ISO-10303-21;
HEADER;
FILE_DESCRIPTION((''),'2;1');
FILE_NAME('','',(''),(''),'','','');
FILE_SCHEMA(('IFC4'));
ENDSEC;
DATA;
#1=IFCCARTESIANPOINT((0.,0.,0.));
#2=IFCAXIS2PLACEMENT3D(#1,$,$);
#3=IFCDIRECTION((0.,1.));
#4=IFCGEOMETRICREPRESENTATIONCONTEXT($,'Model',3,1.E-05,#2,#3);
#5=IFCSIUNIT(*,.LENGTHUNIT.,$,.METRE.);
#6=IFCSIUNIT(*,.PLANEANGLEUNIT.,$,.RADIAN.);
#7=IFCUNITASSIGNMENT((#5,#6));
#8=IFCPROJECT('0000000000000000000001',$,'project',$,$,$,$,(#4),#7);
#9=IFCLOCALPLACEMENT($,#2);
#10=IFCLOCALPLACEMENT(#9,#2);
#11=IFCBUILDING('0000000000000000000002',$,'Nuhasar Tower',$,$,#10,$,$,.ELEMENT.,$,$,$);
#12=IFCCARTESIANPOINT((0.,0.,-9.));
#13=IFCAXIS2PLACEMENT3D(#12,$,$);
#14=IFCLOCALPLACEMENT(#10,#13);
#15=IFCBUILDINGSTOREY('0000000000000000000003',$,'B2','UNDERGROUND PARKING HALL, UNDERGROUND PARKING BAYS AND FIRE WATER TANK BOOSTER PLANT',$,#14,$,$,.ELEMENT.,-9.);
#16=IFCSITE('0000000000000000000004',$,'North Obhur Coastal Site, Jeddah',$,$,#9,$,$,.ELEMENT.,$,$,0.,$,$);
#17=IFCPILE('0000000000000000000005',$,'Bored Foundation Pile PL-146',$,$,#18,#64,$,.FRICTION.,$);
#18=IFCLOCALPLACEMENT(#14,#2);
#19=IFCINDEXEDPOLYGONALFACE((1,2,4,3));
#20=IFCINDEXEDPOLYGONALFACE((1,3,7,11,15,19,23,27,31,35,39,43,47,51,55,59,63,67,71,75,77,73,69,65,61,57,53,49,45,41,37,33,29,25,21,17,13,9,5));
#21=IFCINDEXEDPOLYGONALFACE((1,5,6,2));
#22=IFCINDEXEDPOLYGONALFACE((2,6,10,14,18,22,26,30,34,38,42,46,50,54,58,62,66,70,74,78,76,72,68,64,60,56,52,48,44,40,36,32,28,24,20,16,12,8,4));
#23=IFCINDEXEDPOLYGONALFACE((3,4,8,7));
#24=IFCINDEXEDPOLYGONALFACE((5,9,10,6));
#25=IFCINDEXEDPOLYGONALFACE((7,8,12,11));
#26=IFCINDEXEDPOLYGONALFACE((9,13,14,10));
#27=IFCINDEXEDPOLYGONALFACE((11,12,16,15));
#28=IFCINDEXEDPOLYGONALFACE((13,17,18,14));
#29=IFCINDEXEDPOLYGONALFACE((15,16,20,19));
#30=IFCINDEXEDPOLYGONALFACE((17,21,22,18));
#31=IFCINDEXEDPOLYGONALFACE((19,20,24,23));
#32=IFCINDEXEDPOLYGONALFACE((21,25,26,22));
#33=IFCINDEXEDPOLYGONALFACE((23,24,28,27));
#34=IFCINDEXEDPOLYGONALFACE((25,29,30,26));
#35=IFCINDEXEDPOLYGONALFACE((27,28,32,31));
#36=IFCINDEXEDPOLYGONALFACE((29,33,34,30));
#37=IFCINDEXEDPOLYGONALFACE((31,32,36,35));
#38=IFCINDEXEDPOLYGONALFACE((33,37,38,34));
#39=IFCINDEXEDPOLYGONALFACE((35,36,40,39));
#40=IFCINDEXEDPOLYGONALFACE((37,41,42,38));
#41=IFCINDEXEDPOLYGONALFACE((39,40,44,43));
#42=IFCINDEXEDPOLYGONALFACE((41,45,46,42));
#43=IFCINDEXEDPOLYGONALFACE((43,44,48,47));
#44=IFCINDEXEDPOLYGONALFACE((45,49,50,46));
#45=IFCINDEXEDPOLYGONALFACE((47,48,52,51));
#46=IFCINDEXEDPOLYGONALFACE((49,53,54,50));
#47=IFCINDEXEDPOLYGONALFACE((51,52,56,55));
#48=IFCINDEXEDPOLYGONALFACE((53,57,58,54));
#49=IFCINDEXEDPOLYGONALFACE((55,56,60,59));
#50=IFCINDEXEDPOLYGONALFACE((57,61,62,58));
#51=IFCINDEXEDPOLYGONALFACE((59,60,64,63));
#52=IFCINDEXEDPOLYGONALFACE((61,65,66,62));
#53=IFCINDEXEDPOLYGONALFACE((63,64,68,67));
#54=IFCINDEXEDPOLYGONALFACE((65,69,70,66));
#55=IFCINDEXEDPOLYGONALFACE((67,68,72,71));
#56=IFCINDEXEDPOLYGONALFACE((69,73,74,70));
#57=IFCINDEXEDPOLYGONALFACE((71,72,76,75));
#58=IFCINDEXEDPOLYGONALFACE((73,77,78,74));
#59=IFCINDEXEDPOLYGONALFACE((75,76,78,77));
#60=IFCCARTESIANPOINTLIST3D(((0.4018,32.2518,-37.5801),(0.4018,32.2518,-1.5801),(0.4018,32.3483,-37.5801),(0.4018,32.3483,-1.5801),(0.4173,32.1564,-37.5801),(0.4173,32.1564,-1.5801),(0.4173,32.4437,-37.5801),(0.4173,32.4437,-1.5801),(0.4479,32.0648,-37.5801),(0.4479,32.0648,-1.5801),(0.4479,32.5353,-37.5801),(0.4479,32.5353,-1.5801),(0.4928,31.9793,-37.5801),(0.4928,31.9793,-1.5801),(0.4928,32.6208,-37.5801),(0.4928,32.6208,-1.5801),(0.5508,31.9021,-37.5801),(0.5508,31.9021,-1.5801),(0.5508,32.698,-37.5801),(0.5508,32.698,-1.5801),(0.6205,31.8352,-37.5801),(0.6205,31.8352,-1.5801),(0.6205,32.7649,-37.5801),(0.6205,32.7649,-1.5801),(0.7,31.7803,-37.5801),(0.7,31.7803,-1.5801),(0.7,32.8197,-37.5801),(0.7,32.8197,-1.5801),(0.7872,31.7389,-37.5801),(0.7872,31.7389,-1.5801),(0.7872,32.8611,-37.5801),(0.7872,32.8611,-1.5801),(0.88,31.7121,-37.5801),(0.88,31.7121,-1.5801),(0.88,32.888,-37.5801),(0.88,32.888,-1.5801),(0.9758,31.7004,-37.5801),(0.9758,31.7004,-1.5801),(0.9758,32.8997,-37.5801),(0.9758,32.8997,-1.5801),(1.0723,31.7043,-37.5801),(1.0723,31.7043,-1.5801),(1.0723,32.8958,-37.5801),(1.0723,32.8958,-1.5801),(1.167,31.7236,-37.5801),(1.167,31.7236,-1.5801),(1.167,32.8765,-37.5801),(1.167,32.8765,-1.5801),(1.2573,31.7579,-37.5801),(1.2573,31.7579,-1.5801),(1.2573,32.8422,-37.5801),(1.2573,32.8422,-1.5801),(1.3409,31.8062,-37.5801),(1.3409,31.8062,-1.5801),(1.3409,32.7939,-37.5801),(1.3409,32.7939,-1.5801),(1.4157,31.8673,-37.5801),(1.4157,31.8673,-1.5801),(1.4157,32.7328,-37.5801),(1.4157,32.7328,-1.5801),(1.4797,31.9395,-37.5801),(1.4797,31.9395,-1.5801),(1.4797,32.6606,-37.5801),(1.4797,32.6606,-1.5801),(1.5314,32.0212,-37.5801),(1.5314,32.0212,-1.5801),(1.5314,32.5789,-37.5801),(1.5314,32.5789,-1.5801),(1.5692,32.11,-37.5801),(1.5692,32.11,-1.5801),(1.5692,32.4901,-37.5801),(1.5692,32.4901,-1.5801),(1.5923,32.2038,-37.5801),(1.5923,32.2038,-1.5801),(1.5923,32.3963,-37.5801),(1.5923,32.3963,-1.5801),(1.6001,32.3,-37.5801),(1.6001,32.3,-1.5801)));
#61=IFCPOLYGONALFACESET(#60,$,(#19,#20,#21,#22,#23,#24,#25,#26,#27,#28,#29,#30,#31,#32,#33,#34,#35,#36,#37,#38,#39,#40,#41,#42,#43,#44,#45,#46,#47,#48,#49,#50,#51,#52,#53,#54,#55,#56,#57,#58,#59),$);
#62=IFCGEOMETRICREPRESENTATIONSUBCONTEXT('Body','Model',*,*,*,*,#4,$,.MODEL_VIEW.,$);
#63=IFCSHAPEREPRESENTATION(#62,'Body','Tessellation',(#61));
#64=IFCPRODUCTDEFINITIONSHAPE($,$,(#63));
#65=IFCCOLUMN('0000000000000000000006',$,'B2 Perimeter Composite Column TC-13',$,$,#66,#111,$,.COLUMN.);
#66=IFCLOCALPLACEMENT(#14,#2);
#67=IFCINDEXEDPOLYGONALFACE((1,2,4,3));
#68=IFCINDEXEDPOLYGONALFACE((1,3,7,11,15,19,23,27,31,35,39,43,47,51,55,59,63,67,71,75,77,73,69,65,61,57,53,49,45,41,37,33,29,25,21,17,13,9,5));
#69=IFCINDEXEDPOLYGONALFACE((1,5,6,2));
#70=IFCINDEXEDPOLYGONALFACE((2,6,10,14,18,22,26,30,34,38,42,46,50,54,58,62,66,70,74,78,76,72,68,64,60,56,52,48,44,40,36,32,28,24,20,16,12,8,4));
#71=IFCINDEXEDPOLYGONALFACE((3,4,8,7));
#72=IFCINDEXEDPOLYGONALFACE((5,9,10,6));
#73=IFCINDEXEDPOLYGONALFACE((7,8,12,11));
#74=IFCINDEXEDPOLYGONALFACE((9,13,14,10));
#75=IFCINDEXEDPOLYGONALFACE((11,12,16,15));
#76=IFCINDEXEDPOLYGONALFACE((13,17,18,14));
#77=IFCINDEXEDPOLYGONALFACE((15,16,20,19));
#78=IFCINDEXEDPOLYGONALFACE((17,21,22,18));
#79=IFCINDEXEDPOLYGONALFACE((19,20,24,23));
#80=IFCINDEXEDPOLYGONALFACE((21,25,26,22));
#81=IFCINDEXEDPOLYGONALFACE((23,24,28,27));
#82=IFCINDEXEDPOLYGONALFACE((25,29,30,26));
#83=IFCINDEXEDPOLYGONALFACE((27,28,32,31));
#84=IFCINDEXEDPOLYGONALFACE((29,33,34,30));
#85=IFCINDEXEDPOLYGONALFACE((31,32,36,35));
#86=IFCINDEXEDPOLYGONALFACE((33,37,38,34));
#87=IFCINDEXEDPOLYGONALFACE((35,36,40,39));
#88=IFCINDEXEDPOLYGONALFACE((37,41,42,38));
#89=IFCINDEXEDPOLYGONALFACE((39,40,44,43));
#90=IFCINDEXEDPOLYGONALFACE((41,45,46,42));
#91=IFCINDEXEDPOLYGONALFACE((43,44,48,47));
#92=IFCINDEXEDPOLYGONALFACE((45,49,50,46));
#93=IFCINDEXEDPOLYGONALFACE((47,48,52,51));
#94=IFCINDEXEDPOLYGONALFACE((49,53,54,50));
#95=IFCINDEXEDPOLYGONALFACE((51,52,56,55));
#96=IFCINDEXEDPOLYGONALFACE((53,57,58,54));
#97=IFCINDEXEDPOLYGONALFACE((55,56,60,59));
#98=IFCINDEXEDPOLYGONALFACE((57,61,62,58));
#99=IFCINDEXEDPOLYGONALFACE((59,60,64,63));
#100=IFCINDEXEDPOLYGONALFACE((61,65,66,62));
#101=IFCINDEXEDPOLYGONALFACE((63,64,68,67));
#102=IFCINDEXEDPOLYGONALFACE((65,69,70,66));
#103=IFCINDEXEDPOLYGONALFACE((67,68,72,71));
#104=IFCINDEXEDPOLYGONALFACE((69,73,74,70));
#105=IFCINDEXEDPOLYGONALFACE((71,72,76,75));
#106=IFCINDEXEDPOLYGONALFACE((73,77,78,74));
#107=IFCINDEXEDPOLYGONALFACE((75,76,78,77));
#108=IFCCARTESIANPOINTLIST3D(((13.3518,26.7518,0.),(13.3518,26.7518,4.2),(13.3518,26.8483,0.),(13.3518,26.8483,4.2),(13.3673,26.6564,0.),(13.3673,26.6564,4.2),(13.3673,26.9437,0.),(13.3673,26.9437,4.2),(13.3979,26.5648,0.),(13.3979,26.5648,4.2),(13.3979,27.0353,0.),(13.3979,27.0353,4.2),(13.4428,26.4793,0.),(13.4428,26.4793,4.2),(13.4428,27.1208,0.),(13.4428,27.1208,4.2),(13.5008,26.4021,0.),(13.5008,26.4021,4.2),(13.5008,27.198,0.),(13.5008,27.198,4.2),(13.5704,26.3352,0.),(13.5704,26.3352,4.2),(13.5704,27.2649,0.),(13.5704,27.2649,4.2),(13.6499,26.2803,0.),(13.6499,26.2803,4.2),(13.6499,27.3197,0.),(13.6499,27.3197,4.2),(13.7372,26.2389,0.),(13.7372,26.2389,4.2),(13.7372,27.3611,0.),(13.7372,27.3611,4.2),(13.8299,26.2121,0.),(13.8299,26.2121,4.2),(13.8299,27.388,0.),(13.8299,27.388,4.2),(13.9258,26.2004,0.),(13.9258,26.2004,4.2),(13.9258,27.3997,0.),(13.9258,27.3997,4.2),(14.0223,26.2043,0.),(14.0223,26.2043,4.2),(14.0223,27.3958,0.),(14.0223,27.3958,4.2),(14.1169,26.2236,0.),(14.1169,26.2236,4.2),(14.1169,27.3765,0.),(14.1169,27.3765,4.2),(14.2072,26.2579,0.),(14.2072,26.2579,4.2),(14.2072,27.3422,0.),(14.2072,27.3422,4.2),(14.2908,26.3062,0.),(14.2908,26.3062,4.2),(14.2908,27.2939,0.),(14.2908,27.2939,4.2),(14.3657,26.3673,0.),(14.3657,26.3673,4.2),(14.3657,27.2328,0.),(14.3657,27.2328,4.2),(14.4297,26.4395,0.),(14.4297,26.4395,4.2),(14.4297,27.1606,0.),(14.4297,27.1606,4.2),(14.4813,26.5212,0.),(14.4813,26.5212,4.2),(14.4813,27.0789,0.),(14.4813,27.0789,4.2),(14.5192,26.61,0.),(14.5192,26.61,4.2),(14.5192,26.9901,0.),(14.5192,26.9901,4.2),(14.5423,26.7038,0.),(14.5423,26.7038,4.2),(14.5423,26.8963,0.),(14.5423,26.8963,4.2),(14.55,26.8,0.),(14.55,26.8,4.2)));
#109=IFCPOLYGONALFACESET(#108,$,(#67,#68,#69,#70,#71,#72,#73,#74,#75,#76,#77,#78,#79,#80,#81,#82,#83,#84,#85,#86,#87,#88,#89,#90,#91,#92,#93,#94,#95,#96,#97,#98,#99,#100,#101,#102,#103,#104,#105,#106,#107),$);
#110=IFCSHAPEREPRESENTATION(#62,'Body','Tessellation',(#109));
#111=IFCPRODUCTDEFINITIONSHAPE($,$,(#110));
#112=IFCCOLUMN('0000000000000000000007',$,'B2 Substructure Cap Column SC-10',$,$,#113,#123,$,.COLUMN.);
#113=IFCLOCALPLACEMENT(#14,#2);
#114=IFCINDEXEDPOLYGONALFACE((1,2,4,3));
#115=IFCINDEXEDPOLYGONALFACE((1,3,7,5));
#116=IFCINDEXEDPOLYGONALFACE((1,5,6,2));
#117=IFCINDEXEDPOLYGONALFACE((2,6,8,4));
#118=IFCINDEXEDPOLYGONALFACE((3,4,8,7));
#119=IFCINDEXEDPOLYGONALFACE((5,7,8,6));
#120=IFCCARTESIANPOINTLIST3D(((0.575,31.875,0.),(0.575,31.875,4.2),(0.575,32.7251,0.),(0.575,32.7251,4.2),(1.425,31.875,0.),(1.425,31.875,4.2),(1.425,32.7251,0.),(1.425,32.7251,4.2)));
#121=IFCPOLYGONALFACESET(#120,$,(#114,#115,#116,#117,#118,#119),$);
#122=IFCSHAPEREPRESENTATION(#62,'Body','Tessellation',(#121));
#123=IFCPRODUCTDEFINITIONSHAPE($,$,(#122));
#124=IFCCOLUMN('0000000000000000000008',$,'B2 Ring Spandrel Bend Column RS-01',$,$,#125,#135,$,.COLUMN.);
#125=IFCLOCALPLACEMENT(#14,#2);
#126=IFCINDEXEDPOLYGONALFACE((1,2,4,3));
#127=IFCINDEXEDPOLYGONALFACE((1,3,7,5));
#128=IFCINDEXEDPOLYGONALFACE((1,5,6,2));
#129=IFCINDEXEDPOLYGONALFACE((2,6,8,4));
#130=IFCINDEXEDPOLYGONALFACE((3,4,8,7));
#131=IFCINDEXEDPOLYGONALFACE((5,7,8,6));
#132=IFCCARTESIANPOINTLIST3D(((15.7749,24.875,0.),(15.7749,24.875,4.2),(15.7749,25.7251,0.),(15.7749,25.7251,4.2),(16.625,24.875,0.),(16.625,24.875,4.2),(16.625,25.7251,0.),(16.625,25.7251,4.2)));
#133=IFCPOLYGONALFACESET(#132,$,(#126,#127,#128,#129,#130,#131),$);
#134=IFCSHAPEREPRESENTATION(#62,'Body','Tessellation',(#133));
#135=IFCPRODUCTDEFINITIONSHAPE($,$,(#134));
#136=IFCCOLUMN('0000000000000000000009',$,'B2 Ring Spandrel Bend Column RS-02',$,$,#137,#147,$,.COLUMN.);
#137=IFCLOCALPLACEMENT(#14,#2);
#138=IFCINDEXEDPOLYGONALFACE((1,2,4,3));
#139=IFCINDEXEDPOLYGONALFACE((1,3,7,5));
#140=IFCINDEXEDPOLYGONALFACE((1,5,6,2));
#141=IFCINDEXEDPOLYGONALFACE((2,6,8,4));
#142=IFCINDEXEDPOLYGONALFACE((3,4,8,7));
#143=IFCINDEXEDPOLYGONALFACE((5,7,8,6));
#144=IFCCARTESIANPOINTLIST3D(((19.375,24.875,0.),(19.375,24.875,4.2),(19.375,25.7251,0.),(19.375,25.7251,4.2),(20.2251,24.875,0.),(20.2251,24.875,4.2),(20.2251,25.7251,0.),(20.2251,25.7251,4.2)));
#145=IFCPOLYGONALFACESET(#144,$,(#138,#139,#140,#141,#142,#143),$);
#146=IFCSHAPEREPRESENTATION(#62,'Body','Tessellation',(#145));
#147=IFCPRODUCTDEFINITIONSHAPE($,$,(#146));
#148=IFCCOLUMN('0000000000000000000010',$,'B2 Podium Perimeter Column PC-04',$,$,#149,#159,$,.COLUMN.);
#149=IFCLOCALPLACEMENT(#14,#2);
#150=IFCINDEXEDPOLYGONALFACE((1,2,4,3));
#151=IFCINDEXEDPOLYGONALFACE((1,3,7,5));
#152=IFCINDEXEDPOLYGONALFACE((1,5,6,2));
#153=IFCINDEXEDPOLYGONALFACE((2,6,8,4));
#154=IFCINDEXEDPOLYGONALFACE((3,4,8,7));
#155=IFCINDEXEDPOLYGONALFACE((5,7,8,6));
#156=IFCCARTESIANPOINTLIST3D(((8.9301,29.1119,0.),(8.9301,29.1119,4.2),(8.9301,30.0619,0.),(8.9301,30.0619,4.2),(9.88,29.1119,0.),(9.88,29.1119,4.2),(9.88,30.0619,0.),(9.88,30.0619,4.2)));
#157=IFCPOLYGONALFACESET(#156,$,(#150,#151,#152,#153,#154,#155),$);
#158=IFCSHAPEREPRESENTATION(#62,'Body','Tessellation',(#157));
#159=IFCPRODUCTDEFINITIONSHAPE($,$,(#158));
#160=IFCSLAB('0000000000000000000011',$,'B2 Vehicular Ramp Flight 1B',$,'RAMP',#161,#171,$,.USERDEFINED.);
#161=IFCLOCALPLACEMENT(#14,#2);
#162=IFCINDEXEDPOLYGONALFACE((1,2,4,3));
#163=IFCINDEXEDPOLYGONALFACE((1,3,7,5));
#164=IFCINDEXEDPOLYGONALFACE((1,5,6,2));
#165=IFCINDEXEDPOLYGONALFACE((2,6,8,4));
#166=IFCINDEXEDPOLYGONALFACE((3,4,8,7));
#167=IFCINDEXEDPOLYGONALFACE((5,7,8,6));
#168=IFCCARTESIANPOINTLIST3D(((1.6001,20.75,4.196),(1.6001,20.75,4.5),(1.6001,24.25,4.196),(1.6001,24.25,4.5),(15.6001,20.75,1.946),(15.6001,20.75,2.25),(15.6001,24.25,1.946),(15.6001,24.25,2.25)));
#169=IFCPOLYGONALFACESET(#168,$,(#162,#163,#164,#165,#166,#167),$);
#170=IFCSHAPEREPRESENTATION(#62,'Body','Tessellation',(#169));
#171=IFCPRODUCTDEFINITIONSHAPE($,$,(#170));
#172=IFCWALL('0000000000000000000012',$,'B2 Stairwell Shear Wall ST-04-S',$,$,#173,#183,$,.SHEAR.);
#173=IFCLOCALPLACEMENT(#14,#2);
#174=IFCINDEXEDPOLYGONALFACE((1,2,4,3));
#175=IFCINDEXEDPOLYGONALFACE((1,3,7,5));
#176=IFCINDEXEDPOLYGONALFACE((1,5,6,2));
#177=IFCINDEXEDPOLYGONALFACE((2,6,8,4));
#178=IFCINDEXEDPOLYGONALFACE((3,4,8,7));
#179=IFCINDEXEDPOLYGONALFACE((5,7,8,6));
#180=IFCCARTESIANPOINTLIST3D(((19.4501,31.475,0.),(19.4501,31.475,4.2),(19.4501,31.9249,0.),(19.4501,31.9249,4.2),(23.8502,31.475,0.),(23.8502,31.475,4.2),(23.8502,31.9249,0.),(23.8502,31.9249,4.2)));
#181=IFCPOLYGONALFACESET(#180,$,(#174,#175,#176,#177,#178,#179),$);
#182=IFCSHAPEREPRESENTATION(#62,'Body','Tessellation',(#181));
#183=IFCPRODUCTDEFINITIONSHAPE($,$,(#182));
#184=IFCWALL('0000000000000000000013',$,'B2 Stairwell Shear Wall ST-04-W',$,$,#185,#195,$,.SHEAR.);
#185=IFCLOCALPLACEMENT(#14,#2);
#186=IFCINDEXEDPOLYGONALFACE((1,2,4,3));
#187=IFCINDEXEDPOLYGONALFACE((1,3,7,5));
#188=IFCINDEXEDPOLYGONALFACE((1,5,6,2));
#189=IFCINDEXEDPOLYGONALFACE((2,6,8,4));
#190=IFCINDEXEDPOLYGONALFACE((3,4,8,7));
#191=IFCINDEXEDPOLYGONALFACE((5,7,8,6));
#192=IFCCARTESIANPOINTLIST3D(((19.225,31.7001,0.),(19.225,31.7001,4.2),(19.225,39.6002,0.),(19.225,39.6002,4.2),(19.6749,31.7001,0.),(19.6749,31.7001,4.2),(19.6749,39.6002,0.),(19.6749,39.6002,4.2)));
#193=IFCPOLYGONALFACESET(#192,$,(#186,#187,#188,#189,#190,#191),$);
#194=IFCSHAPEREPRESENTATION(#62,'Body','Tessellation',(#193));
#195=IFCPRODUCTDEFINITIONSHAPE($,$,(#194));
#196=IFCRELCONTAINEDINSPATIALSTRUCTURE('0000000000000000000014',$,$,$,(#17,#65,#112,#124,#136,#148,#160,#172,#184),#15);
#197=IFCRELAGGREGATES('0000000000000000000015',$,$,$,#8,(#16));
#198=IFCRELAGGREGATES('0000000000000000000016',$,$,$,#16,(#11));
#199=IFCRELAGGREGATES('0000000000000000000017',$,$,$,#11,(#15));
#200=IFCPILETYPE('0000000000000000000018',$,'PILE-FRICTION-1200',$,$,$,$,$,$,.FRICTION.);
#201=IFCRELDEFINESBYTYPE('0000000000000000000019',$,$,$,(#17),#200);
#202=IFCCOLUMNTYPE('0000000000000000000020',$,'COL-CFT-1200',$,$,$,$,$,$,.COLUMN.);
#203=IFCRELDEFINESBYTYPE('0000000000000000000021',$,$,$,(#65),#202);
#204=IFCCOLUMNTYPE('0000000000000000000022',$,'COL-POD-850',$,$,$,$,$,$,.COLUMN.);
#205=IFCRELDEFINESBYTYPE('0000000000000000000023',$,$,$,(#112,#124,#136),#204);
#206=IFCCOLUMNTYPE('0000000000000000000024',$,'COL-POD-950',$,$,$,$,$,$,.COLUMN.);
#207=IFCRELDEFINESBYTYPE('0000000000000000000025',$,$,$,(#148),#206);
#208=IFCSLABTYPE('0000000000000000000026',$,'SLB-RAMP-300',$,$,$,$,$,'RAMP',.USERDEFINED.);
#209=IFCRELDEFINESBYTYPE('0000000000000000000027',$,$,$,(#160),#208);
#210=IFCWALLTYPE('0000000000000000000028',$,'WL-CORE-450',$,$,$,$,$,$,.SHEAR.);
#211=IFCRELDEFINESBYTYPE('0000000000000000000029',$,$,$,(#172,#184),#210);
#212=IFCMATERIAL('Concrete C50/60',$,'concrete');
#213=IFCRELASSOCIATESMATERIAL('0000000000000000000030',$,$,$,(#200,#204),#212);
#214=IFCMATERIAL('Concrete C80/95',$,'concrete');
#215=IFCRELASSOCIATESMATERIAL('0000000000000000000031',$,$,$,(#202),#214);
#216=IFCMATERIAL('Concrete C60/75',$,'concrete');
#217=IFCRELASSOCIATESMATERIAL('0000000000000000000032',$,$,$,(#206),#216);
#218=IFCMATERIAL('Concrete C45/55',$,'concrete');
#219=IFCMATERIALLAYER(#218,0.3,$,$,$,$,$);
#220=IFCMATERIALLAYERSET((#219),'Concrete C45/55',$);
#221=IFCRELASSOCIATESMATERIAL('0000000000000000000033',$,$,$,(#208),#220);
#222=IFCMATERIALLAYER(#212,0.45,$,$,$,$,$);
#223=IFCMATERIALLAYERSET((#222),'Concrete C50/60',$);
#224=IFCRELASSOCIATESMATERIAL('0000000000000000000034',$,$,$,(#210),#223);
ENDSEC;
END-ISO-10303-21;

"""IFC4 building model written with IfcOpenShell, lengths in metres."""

from ifc_helpers import new_model, si_unit, direction, frame, frame_2d, origin, origin_2d, place, context, subcontext, project, spatial, polyline, rectangle, circle, outline, extrude, material, layer, layer_set, material_profile, profile_set, type_object, element, save


model = new_model("IFC4")

# Units and contexts
model_context = context("Model", 3, precision=1e-05, world=origin(), true_north=direction((0.0, 1.0)))
body_context = subcontext(model_context, "Body", "Model", "MODEL_VIEW")
ifc_project = project(units=[si_unit("LENGTHUNIT", "METRE"), si_unit("PLANEANGLEUNIT", "RADIAN")], contexts=[model_context])

# Site, building, storey
site_placement = place(None, origin())
site = spatial("IfcSite", under=ifc_project, at=site_placement, Name="North Obhur Coastal Site, Jeddah", CompositionType="ELEMENT", RefElevation=0.0)
building_placement = place(site_placement, origin())
building = spatial("IfcBuilding", under=site, at=building_placement, Name="Nuhasar Tower", CompositionType="ELEMENT")
storey_placement = place(building_placement, frame((0.0, 0.0, -9.0)))
storey = spatial("IfcBuildingStorey", under=building, at=storey_placement, Name="B2", Description="UNDERGROUND PARKING HALL, UNDERGROUND PARKING BAYS AND FIRE WATER TANK BOOSTER PLANT", CompositionType="ELEMENT", Elevation=-9.0)

# Shared definitions
ifc_material_1 = material(Name="Concrete C50/60", Category="concrete")

# Pile
ifc_material_profile_1 = material_profile(ifc_material_1, circle(Radius=0.6001, at=origin_2d()), Name="PILE1200")
ifc_profile_set_1 = profile_set([ifc_material_profile_1], Name="Concrete C50/60")
pile_type_1 = type_object("IfcPileType", Name="PILE-FRICTION-1200", PredefinedType="FRICTION", material=ifc_profile_set_1)
pile_placement = place(storey_placement, frame((1.0, 32.3, -1.5801), z_axis=(0.0, 0.0, -1.0), x_axis=(1.0, 0.0, 0.0)))
element("IfcPile", 1, at=pile_placement, inside=storey, type_object=pile_type_1, Name="Bored Foundation Pile PL-146", PredefinedType="FRICTION", context=body_context, shape_type="SweptSolid", body=[
    extrude(circle(Radius=0.6001, at=origin_2d()), origin(), (0.0, 0.0, 1.0), 36.0),
])

# Columns
ifc_material_2 = material(Name="Concrete C80/95", Category="concrete")
ifc_material_profile_2 = material_profile(ifc_material_2, circle(Radius=0.6001, at=origin_2d()), Name="CFT1200")
ifc_profile_set_2 = profile_set([ifc_material_profile_2], Name="Concrete C80/95")
column_type_1 = type_object("IfcColumnType", Name="COL-CFT-1200", PredefinedType="COLUMN", material=ifc_profile_set_2)
column_1_placement = place(storey_placement, frame((13.95, 26.8, 0.0), z_axis=(0.0, 0.0, 1.0), x_axis=(1.0, 0.0, 0.0)))
element("IfcColumn", 2, at=column_1_placement, inside=storey, type_object=column_type_1, Name="B2 Perimeter Composite Column TC-13", PredefinedType="COLUMN", context=body_context, shape_type="SweptSolid", body=[
    extrude(circle(Radius=0.6001, at=origin_2d()), origin(), (0.0, 0.0, 1.0), 4.2),
])
ifc_material_profile_3 = material_profile(ifc_material_1, rectangle(XDim=0.8501, YDim=0.8501, at=origin_2d()), Name="RC850X850")
ifc_profile_set_3 = profile_set([ifc_material_profile_3], Name="Concrete C50/60")
column_type_2 = type_object("IfcColumnType", Name="COL-POD-850", PredefinedType="COLUMN", material=ifc_profile_set_3)
for number, where, z_axis, x_axis, name in (
    (3, (1.0, 32.3, 0.0), (0.0, 0.0, 1.0), (1.0, 0.0, 0.0), "B2 Substructure Cap Column SC-10"),
    (4, (16.2, 25.3, 0.0), (0.0, 0.0, 1.0), (1.0, 0.0, 0.0), "B2 Ring Spandrel Bend Column RS-01"),
    (5, (19.8, 25.3, 0.0), (0.0, 0.0, 1.0), (1.0, 0.0, 0.0), "B2 Ring Spandrel Bend Column RS-02"),
):
    element("IfcColumn", number, at=place(storey_placement, frame(where, z_axis=z_axis, x_axis=x_axis)), inside=storey, type_object=column_type_2, Name=name, PredefinedType="COLUMN", context=body_context, shape_type="SweptSolid", body=[
        extrude(rectangle(XDim=0.8501, YDim=0.8501, at=origin_2d()), origin(), (0.0, 0.0, 1.0), 4.2),
    ])
ifc_material_3 = material(Name="Concrete C60/75", Category="concrete")
ifc_material_profile_4 = material_profile(ifc_material_3, rectangle(XDim=0.95, YDim=0.95, at=origin_2d()), Name="RC950X950")
ifc_profile_set_4 = profile_set([ifc_material_profile_4], Name="Concrete C60/75")
column_type_3 = type_object("IfcColumnType", Name="COL-POD-950", PredefinedType="COLUMN", material=ifc_profile_set_4)
column_2_placement = place(storey_placement, frame((9.405, 29.5869, 0.0), z_axis=(0.0, 0.0, 1.0), x_axis=(1.0, 0.0, 0.0)))
element("IfcColumn", 6, at=column_2_placement, inside=storey, type_object=column_type_3, Name="B2 Podium Perimeter Column PC-04", PredefinedType="COLUMN", context=body_context, shape_type="SweptSolid", body=[
    extrude(rectangle(XDim=0.95, YDim=0.95, at=origin_2d()), origin(), (0.0, 0.0, 1.0), 4.2),
])

# Slab
ifc_material_4 = material(Name="Concrete C45/55", Category="concrete")
ifc_layer_1 = layer(ifc_material_4, 0.3)
ifc_layer_set_1 = layer_set([ifc_layer_1], Name="Concrete C45/55")
slab_type = type_object("IfcSlabType", Name="SLB-RAMP-300", ElementType="RAMP", PredefinedType="USERDEFINED", material=ifc_layer_set_1)
slab_placement = place(storey_placement, frame((15.6001, 24.25, 2.25), z_axis=(0.158678, 0.0, 0.98733), x_axis=(-0.98733, 0.0, 0.158678)))
element("IfcSlab", 7, at=slab_placement, inside=storey, type_object=slab_type, Name="B2 Vehicular Ramp Flight 1B", ObjectType="RAMP", PredefinedType="USERDEFINED", context=body_context, shape_type="SweptSolid", body=[
    extrude(outline(polyline([(0.0, 0.0), (14.1797, 0.0), (14.1797, 3.5), (0.0, 3.5), (0.0, 0.0)])), origin(), (-0.158678, 0.0, -0.98733), 0.304),
])

# Walls
ifc_layer_2 = layer(ifc_material_1, 0.45)
ifc_layer_set_2 = layer_set([ifc_layer_2], Name="Concrete C50/60")
wall_type_1 = type_object("IfcWallType", Name="WL-CORE-450", PredefinedType="SHEAR", material=ifc_layer_set_2)
wall_1_placement = place(storey_placement, frame((19.45, 31.7, 0.0), z_axis=(0.0, 0.0, 1.0), x_axis=(1.0, 0.0, 0.0)))
element("IfcWall", 8, at=wall_1_placement, inside=storey, type_object=wall_type_1, Name="B2 Stairwell Shear Wall ST-04-S", PredefinedType="SHEAR", context=body_context, shape_type="SweptSolid", body=[
    extrude(rectangle(XDim=4.4001, YDim=0.45, at=frame_2d((2.2002, 0.0))), origin(), (0.0, 0.0, 1.0), 4.2),
])
for number, where, z_axis, x_axis, name in (
    (9, (19.45, 31.7, 0.0), (0.0, 0.0, 1.0), (0.0, 1.0, 0.0), "B2 Stairwell Shear Wall ST-04-W"),
):
    element("IfcWall", number, at=place(storey_placement, frame(where, z_axis=z_axis, x_axis=x_axis)), inside=storey, type_object=wall_type_1, Name=name, PredefinedType="SHEAR", context=body_context, shape_type="SweptSolid", body=[
        extrude(rectangle(XDim=7.9001, YDim=0.45, at=frame_2d((3.9502, 0.0))), origin(), (0.0, 0.0, 1.0), 4.2),
    ])

save(model, "model.ifc")
